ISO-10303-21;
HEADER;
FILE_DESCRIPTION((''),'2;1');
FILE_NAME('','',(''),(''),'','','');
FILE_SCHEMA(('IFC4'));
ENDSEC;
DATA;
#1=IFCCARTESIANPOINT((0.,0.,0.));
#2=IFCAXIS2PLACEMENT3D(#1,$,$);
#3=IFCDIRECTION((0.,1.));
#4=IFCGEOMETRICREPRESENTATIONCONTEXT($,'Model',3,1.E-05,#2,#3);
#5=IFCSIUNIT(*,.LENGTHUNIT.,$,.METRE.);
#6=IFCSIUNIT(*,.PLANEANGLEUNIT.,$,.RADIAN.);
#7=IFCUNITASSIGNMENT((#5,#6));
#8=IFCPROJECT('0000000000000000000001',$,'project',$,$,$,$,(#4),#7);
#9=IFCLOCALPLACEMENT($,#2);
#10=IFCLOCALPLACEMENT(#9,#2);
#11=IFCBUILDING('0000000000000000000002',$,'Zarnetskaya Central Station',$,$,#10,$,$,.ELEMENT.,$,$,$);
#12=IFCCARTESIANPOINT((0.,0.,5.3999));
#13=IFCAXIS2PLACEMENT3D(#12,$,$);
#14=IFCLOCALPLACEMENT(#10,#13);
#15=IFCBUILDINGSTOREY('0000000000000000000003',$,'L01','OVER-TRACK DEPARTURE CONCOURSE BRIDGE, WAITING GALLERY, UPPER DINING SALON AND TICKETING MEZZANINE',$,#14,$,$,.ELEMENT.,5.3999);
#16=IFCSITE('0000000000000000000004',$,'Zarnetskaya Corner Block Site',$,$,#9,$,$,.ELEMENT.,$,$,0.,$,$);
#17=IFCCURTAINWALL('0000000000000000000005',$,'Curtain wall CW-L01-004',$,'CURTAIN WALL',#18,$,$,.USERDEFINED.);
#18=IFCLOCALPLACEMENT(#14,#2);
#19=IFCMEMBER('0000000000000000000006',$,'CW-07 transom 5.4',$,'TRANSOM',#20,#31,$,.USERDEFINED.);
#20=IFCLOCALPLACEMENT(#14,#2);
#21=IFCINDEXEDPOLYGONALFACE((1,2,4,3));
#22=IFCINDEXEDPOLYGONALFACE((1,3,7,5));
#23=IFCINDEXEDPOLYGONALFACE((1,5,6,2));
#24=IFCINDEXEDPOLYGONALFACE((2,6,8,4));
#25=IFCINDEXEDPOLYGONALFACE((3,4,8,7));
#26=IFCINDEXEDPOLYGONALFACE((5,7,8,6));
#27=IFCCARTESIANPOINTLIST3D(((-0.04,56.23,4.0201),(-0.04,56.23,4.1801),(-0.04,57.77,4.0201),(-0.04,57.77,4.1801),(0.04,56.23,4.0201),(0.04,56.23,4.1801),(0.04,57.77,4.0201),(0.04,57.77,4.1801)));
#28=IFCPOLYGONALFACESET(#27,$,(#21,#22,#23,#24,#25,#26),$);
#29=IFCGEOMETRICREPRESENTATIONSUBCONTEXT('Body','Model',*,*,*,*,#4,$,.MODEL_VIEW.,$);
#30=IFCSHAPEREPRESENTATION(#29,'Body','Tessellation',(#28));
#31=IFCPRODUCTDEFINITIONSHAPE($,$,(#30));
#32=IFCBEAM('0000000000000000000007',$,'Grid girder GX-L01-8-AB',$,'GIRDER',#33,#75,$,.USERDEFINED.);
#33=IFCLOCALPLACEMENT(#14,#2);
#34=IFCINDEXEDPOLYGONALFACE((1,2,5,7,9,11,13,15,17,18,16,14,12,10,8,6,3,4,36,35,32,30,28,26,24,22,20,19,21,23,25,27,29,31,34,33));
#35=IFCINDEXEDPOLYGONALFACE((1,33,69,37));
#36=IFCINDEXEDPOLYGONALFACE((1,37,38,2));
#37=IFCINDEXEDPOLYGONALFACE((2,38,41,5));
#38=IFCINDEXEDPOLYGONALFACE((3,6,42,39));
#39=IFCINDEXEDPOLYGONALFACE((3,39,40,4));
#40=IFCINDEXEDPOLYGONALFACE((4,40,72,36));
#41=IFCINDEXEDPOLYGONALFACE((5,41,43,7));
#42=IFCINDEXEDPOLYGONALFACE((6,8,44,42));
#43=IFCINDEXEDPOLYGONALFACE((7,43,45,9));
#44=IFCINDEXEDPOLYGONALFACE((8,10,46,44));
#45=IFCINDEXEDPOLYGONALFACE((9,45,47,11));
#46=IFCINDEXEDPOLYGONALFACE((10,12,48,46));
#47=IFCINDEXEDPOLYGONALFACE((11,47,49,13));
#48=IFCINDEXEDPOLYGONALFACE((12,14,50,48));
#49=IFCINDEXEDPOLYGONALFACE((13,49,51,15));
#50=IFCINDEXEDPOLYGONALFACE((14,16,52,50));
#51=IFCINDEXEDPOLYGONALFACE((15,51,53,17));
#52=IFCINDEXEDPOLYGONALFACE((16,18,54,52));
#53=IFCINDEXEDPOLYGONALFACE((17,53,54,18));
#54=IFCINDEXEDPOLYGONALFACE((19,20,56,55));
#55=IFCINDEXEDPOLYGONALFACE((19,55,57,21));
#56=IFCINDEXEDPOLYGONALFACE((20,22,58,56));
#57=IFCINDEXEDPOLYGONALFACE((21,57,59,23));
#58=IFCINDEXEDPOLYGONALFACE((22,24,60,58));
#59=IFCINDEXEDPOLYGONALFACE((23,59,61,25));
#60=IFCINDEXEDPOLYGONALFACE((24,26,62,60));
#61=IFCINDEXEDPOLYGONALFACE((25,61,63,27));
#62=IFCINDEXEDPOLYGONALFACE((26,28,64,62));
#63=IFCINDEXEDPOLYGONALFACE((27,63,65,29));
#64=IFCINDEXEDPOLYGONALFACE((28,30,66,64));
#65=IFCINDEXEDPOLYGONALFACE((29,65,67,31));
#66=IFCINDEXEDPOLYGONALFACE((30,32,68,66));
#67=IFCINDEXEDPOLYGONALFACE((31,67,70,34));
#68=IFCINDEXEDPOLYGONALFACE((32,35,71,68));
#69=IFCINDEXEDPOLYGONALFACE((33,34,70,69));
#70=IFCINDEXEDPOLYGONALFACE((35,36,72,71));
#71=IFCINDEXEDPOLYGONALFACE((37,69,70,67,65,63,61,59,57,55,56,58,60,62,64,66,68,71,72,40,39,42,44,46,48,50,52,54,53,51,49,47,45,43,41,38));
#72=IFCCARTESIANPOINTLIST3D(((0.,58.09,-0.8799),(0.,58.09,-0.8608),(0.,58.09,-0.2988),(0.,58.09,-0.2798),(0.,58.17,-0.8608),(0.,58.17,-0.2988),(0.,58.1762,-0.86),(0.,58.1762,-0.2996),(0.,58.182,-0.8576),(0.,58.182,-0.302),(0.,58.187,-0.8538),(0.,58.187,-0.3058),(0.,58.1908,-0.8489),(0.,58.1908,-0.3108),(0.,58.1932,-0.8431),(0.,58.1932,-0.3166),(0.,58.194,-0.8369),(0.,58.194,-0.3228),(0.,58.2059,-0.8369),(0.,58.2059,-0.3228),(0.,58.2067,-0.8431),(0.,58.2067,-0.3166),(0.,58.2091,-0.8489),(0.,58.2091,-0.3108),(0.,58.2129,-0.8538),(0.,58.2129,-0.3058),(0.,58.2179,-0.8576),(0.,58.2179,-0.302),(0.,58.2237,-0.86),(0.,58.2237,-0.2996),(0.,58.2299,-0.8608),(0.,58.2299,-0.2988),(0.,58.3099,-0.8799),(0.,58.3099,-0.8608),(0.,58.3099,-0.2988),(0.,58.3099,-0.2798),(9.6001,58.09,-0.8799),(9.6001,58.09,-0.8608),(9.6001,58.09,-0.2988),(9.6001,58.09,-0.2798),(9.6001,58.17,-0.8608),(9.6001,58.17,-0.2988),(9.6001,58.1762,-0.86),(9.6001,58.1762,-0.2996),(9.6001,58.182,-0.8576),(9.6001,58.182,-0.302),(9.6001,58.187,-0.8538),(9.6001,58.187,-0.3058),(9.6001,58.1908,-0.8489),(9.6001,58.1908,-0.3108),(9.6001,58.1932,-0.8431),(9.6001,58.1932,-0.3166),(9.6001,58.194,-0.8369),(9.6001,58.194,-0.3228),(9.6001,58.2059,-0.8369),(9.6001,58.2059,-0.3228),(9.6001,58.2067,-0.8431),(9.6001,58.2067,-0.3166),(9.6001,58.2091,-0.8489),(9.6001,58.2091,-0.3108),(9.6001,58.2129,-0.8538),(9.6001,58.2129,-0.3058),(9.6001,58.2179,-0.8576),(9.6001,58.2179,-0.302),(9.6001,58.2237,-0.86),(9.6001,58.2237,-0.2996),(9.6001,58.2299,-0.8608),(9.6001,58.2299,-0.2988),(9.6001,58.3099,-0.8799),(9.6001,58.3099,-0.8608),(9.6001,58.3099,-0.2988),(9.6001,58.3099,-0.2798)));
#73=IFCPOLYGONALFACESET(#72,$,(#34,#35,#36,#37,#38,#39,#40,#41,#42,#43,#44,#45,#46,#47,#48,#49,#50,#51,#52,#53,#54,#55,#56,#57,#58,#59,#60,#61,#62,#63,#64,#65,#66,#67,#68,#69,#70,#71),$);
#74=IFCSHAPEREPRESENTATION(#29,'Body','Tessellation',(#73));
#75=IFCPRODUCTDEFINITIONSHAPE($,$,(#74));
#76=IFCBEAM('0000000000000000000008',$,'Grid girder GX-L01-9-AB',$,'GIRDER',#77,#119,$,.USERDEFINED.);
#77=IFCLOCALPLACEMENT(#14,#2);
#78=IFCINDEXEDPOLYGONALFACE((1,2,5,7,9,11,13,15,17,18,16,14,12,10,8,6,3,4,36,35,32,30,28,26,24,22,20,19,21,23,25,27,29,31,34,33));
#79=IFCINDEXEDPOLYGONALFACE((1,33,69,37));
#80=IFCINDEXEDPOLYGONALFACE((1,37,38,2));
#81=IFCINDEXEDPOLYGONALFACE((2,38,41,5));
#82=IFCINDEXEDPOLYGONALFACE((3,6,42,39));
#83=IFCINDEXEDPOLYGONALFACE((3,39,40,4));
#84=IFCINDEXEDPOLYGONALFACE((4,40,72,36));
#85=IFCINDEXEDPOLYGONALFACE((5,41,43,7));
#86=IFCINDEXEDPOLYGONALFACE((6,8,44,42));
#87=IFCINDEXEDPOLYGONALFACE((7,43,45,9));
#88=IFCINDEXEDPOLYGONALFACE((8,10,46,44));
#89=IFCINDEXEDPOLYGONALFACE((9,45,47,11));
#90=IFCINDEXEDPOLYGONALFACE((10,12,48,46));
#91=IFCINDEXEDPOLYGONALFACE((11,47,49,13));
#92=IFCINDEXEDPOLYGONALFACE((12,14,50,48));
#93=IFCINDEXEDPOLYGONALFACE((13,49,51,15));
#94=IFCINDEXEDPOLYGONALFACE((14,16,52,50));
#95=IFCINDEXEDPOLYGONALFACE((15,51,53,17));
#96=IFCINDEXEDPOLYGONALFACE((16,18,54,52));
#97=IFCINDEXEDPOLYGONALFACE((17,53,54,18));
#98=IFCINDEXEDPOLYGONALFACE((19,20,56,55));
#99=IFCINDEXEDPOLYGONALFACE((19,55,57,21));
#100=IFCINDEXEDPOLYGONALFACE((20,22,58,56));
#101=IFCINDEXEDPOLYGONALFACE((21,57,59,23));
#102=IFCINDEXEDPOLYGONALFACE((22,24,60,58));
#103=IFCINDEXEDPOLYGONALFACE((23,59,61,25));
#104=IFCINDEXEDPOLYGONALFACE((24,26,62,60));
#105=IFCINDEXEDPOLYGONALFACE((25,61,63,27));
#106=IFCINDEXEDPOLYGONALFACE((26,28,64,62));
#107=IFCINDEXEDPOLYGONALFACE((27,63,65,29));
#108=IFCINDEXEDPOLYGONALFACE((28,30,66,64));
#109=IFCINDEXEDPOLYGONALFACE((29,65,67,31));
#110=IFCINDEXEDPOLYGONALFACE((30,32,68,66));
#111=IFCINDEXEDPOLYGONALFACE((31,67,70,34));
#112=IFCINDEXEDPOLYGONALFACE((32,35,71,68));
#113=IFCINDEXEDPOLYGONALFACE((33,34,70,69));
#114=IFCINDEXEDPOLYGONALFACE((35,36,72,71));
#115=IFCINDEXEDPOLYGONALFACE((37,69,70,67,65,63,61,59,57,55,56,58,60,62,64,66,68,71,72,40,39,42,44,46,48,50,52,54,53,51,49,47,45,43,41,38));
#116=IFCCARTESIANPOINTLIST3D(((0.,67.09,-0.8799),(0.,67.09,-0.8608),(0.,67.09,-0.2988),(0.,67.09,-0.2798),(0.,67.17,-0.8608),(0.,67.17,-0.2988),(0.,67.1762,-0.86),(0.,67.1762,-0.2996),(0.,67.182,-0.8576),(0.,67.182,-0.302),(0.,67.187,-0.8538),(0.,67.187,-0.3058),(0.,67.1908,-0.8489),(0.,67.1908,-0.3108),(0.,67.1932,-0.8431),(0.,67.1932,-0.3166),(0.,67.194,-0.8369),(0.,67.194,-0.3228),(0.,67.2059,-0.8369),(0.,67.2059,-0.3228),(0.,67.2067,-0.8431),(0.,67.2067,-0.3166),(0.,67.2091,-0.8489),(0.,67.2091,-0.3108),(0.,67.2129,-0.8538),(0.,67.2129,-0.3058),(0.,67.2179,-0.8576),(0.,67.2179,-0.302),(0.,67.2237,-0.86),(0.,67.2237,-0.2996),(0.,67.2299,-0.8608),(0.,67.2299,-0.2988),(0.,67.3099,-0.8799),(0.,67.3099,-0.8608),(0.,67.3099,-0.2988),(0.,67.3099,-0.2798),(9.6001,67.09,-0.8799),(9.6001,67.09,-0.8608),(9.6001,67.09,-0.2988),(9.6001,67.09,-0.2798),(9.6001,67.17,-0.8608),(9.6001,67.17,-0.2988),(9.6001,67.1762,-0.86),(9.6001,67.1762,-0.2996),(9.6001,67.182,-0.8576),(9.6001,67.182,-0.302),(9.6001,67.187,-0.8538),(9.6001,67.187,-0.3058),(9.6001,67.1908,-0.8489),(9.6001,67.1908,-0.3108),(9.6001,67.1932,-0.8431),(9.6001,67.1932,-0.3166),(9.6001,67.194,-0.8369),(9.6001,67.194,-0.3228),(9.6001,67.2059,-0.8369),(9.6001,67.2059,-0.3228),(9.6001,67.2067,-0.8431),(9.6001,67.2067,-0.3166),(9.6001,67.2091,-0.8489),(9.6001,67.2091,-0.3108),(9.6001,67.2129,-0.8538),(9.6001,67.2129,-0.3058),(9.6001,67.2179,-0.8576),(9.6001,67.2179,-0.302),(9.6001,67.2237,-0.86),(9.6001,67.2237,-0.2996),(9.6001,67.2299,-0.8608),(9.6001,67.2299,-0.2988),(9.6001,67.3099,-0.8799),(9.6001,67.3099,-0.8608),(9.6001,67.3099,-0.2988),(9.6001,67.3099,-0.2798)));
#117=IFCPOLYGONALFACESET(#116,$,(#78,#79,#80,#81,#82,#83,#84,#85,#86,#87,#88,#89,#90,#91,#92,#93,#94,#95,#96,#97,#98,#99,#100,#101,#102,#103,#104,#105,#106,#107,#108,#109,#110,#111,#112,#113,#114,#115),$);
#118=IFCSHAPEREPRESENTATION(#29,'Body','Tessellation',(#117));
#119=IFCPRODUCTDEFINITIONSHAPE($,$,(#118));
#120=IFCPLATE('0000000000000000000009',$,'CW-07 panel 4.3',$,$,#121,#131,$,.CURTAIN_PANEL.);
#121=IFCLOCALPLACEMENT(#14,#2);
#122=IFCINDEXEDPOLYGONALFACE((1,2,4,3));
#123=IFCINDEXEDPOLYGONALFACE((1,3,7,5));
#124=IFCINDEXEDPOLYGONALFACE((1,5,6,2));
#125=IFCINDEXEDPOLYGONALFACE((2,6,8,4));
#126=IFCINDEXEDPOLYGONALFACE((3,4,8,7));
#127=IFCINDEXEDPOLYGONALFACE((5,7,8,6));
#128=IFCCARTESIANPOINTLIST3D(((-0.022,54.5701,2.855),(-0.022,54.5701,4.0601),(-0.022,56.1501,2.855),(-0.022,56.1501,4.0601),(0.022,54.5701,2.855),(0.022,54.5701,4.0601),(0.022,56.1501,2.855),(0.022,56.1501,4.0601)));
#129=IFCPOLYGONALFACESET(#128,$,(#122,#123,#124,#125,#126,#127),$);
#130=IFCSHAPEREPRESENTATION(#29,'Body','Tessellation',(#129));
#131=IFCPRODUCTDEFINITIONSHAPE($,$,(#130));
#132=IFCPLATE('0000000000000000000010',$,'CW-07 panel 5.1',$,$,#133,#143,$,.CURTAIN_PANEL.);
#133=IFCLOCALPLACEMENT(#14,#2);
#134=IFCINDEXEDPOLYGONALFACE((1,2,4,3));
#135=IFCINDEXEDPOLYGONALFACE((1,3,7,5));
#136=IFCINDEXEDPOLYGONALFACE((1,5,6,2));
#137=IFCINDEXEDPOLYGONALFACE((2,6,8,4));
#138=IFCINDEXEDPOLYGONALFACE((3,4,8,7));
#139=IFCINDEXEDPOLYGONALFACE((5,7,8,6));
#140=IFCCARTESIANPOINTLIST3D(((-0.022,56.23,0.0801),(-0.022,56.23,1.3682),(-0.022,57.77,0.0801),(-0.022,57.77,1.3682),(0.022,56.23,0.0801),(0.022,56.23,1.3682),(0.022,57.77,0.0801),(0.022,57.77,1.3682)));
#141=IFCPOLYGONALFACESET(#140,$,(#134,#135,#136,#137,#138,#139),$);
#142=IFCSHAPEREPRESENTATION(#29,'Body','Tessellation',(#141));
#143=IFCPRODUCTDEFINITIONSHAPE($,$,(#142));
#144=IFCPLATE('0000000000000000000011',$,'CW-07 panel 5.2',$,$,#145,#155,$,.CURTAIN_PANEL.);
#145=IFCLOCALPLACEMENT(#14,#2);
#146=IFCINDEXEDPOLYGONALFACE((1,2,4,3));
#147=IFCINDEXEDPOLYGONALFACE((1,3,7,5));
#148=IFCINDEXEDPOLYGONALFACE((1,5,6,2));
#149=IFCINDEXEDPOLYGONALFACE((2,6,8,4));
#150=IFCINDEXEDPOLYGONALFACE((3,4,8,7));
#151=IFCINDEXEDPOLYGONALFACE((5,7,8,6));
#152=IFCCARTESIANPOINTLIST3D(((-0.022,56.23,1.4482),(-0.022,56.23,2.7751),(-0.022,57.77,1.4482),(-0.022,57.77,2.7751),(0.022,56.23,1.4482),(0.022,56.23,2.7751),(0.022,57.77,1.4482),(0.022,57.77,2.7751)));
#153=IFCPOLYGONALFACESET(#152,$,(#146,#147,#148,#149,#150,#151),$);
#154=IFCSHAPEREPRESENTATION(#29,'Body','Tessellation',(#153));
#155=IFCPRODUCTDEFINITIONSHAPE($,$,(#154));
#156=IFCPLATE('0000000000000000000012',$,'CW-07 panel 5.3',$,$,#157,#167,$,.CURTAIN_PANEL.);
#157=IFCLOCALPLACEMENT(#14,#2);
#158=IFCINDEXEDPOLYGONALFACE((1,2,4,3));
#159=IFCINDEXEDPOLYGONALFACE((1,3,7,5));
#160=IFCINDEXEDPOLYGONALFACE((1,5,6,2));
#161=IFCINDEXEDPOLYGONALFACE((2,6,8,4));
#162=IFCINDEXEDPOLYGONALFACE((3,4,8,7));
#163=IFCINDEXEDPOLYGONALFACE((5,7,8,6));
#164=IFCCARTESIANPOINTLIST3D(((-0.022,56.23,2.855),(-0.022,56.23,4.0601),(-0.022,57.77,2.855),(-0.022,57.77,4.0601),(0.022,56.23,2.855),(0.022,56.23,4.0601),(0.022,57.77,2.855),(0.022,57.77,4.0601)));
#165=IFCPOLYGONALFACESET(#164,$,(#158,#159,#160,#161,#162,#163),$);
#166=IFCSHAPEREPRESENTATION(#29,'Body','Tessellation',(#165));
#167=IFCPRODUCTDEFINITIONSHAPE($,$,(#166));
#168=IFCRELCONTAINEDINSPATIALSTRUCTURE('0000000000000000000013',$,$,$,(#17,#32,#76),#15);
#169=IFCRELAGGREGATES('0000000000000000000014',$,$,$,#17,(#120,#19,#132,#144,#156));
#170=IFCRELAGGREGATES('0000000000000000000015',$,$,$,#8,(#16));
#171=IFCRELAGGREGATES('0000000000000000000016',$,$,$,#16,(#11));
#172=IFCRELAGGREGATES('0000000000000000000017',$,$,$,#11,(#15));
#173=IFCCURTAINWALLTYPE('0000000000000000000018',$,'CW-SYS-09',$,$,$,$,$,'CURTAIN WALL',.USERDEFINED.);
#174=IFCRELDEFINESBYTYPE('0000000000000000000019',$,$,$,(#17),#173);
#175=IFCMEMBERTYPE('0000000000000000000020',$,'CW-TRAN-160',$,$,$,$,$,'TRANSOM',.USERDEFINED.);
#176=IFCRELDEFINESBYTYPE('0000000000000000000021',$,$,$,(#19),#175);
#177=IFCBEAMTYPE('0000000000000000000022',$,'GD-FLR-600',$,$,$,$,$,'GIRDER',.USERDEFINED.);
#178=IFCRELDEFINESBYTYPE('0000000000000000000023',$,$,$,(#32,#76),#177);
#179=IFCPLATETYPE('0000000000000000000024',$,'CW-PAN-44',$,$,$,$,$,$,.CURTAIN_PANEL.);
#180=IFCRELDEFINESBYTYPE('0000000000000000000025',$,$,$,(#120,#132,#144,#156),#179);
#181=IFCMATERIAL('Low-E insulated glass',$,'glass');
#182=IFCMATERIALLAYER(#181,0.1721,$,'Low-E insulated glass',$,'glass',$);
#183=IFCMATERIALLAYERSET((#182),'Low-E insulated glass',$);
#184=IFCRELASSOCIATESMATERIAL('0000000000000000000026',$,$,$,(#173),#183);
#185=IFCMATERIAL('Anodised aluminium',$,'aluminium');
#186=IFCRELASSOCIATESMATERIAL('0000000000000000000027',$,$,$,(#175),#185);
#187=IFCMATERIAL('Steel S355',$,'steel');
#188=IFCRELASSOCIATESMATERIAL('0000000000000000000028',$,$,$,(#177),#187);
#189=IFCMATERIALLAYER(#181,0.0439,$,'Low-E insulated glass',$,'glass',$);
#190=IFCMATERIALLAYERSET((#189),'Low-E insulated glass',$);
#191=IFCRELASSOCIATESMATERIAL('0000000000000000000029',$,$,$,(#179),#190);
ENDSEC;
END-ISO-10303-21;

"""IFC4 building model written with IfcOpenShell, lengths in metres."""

from ifc_helpers import new_model, si_unit, direction, frame, origin, origin_2d, place, context, subcontext, project, spatial, rectangle, i_section, extrude, material, layer, layer_set, material_profile, profile_set, type_object, element, aggregate, save


model = new_model("IFC4")

# Units and contexts
model_context = context("Model", 3, precision=1e-05, world=origin(), true_north=direction((0.0, 1.0)))
body_context = subcontext(model_context, "Body", "Model", "MODEL_VIEW")
ifc_project = project(units=[si_unit("LENGTHUNIT", "METRE"), si_unit("PLANEANGLEUNIT", "RADIAN")], contexts=[model_context])

# Site, building, storey
site_placement = place(None, origin())
site = spatial("IfcSite", under=ifc_project, at=site_placement, Name="Zarnetskaya Corner Block Site", CompositionType="ELEMENT", RefElevation=0.0)
building_placement = place(site_placement, origin())
building = spatial("IfcBuilding", under=site, at=building_placement, Name="Zarnetskaya Central Station", CompositionType="ELEMENT")
storey_placement = place(building_placement, frame((0.0, 0.0, 5.3999)))
storey = spatial("IfcBuildingStorey", under=building, at=storey_placement, Name="L01", Description="OVER-TRACK DEPARTURE CONCOURSE BRIDGE, WAITING GALLERY, UPPER DINING SALON AND TICKETING MEZZANINE", CompositionType="ELEMENT", Elevation=5.3999)

# Shared definitions
ifc_material_1 = material(Name="Steel S355", Category="steel")

# Shared definitions
ifc_material_2 = material(Name="Low-E insulated glass", Category="glass")
ifc_material_3 = material(Name="Anodised aluminium", Category="aluminium")

# Curtain wall, member
ifc_layer_1 = layer(ifc_material_2, 0.1721, Name="Low-E insulated glass", Category="glass")
ifc_layer_set_1 = layer_set([ifc_layer_1], Name="Low-E insulated glass")
curtain_wall_type_1 = type_object("IfcCurtainWallType", Name="CW-SYS-09", ElementType="CURTAIN WALL", PredefinedType="USERDEFINED", material=ifc_layer_set_1)
curtain_wall_1_placement = place(storey_placement, origin())
curtain_wall_1 = element("IfcCurtainWall", 1, at=curtain_wall_1_placement, inside=storey, type_object=curtain_wall_type_1, Name="Curtain wall CW-L01-004", ObjectType="CURTAIN WALL", PredefinedType="USERDEFINED")
ifc_material_profile_1 = material_profile(ifc_material_3, rectangle(XDim=0.0801, YDim=0.1599, at=origin_2d()), Name="ALU TRAN 80x160")
ifc_profile_set_1 = profile_set([ifc_material_profile_1], Name="Anodised aluminium")
member_type_1 = type_object("IfcMemberType", Name="CW-TRAN-160", ElementType="TRANSOM", PredefinedType="USERDEFINED", material=ifc_profile_set_1)
member_1_placement = place(storey_placement, frame((0.0, 56.23, 4.1001), z_axis=(0.0, 1.0, 0.0), x_axis=(-1.0, 0.0, 0.0)))
member_1 = element("IfcMember", 2, at=member_1_placement, type_object=member_type_1, Name="CW-07 transom 5.4", ObjectType="TRANSOM", PredefinedType="USERDEFINED", context=body_context, shape_type="SweptSolid", body=[
    extrude(rectangle(XDim=0.0801, YDim=0.1599, at=origin_2d()), origin(), (0.0, 0.0, 1.0), 1.54),
])

# Beams
ifc_material_profile_2 = material_profile(ifc_material_1, i_section(OverallWidth=0.22, OverallDepth=0.6001, WebThickness=0.012, FlangeThickness=0.019, FilletRadius=0.0239, at=origin_2d()), Name="IPE 600")
ifc_profile_set_2 = profile_set([ifc_material_profile_2], Name="Steel S355")
beam_type_1 = type_object("IfcBeamType", Name="GD-FLR-600", ElementType="GIRDER", PredefinedType="USERDEFINED", material=ifc_profile_set_2)
for number, where, z_axis, x_axis, name in (
    (3, (0.0, 58.2, -0.5798), (1.0, 0.0, 0.0), (0.0, 1.0, 0.0), "Grid girder GX-L01-8-AB"),
    (4, (0.0, 67.2, -0.5798), (1.0, 0.0, 0.0), (0.0, 1.0, 0.0), "Grid girder GX-L01-9-AB"),
):
    element("IfcBeam", number, at=place(storey_placement, frame(where, z_axis=z_axis, x_axis=x_axis)), inside=storey, type_object=beam_type_1, Name=name, ObjectType="GIRDER", PredefinedType="USERDEFINED", context=body_context, shape_type="SweptSolid", body=[
        extrude(i_section(OverallWidth=0.22, OverallDepth=0.6001, WebThickness=0.012, FlangeThickness=0.019, FilletRadius=0.0239, at=origin_2d()), origin(), (0.0, 0.0, 1.0), 9.6001),
    ])

# Plates
ifc_layer_2 = layer(ifc_material_2, 0.0439, Name="Low-E insulated glass", Category="glass")
ifc_layer_set_2 = layer_set([ifc_layer_2], Name="Low-E insulated glass")
plate_type = type_object("IfcPlateType", Name="CW-PAN-44", PredefinedType="CURTAIN_PANEL", material=ifc_layer_set_2)
plate_1_placement = place(storey_placement, frame((0.0, 55.3601, 2.855), z_axis=(0.0, 0.0, 1.0), x_axis=(0.0, 1.0, 0.0)))
plate_1 = element("IfcPlate", 5, at=plate_1_placement, type_object=plate_type, Name="CW-07 panel 4.3", PredefinedType="CURTAIN_PANEL", context=body_context, shape_type="SweptSolid", body=[
    extrude(rectangle(XDim=1.5801, YDim=0.0439, at=origin_2d()), origin(), (0.0, 0.0, 1.0), 1.2051),
])
plate_2_placement = place(storey_placement, frame((0.0, 57.0, 0.0801), z_axis=(0.0, 0.0, 1.0), x_axis=(0.0, 1.0, 0.0)))
plate_2 = element("IfcPlate", 6, at=plate_2_placement, type_object=plate_type, Name="CW-07 panel 5.1", PredefinedType="CURTAIN_PANEL", context=body_context, shape_type="SweptSolid", body=[
    extrude(rectangle(XDim=1.54, YDim=0.0439, at=origin_2d()), origin(), (0.0, 0.0, 1.0), 1.2881),
])
plate_3_placement = place(storey_placement, frame((0.0, 57.0, 1.4482), z_axis=(0.0, 0.0, 1.0), x_axis=(0.0, 1.0, 0.0)))
plate_3 = element("IfcPlate", 7, at=plate_3_placement, type_object=plate_type, Name="CW-07 panel 5.2", PredefinedType="CURTAIN_PANEL", context=body_context, shape_type="SweptSolid", body=[
    extrude(rectangle(XDim=1.54, YDim=0.0439, at=origin_2d()), origin(), (0.0, 0.0, 1.0), 1.3269),
])
plate_4_placement = place(storey_placement, frame((0.0, 57.0, 2.855), z_axis=(0.0, 0.0, 1.0), x_axis=(0.0, 1.0, 0.0)))
plate_4 = element("IfcPlate", 8, at=plate_4_placement, type_object=plate_type, Name="CW-07 panel 5.3", PredefinedType="CURTAIN_PANEL", context=body_context, shape_type="SweptSolid", body=[
    extrude(rectangle(XDim=1.54, YDim=0.0439, at=origin_2d()), origin(), (0.0, 0.0, 1.0), 1.2051),
])
aggregate(curtain_wall_1, [plate_1, member_1, plate_2, plate_3, plate_4])

save(model, "model.ifc")
